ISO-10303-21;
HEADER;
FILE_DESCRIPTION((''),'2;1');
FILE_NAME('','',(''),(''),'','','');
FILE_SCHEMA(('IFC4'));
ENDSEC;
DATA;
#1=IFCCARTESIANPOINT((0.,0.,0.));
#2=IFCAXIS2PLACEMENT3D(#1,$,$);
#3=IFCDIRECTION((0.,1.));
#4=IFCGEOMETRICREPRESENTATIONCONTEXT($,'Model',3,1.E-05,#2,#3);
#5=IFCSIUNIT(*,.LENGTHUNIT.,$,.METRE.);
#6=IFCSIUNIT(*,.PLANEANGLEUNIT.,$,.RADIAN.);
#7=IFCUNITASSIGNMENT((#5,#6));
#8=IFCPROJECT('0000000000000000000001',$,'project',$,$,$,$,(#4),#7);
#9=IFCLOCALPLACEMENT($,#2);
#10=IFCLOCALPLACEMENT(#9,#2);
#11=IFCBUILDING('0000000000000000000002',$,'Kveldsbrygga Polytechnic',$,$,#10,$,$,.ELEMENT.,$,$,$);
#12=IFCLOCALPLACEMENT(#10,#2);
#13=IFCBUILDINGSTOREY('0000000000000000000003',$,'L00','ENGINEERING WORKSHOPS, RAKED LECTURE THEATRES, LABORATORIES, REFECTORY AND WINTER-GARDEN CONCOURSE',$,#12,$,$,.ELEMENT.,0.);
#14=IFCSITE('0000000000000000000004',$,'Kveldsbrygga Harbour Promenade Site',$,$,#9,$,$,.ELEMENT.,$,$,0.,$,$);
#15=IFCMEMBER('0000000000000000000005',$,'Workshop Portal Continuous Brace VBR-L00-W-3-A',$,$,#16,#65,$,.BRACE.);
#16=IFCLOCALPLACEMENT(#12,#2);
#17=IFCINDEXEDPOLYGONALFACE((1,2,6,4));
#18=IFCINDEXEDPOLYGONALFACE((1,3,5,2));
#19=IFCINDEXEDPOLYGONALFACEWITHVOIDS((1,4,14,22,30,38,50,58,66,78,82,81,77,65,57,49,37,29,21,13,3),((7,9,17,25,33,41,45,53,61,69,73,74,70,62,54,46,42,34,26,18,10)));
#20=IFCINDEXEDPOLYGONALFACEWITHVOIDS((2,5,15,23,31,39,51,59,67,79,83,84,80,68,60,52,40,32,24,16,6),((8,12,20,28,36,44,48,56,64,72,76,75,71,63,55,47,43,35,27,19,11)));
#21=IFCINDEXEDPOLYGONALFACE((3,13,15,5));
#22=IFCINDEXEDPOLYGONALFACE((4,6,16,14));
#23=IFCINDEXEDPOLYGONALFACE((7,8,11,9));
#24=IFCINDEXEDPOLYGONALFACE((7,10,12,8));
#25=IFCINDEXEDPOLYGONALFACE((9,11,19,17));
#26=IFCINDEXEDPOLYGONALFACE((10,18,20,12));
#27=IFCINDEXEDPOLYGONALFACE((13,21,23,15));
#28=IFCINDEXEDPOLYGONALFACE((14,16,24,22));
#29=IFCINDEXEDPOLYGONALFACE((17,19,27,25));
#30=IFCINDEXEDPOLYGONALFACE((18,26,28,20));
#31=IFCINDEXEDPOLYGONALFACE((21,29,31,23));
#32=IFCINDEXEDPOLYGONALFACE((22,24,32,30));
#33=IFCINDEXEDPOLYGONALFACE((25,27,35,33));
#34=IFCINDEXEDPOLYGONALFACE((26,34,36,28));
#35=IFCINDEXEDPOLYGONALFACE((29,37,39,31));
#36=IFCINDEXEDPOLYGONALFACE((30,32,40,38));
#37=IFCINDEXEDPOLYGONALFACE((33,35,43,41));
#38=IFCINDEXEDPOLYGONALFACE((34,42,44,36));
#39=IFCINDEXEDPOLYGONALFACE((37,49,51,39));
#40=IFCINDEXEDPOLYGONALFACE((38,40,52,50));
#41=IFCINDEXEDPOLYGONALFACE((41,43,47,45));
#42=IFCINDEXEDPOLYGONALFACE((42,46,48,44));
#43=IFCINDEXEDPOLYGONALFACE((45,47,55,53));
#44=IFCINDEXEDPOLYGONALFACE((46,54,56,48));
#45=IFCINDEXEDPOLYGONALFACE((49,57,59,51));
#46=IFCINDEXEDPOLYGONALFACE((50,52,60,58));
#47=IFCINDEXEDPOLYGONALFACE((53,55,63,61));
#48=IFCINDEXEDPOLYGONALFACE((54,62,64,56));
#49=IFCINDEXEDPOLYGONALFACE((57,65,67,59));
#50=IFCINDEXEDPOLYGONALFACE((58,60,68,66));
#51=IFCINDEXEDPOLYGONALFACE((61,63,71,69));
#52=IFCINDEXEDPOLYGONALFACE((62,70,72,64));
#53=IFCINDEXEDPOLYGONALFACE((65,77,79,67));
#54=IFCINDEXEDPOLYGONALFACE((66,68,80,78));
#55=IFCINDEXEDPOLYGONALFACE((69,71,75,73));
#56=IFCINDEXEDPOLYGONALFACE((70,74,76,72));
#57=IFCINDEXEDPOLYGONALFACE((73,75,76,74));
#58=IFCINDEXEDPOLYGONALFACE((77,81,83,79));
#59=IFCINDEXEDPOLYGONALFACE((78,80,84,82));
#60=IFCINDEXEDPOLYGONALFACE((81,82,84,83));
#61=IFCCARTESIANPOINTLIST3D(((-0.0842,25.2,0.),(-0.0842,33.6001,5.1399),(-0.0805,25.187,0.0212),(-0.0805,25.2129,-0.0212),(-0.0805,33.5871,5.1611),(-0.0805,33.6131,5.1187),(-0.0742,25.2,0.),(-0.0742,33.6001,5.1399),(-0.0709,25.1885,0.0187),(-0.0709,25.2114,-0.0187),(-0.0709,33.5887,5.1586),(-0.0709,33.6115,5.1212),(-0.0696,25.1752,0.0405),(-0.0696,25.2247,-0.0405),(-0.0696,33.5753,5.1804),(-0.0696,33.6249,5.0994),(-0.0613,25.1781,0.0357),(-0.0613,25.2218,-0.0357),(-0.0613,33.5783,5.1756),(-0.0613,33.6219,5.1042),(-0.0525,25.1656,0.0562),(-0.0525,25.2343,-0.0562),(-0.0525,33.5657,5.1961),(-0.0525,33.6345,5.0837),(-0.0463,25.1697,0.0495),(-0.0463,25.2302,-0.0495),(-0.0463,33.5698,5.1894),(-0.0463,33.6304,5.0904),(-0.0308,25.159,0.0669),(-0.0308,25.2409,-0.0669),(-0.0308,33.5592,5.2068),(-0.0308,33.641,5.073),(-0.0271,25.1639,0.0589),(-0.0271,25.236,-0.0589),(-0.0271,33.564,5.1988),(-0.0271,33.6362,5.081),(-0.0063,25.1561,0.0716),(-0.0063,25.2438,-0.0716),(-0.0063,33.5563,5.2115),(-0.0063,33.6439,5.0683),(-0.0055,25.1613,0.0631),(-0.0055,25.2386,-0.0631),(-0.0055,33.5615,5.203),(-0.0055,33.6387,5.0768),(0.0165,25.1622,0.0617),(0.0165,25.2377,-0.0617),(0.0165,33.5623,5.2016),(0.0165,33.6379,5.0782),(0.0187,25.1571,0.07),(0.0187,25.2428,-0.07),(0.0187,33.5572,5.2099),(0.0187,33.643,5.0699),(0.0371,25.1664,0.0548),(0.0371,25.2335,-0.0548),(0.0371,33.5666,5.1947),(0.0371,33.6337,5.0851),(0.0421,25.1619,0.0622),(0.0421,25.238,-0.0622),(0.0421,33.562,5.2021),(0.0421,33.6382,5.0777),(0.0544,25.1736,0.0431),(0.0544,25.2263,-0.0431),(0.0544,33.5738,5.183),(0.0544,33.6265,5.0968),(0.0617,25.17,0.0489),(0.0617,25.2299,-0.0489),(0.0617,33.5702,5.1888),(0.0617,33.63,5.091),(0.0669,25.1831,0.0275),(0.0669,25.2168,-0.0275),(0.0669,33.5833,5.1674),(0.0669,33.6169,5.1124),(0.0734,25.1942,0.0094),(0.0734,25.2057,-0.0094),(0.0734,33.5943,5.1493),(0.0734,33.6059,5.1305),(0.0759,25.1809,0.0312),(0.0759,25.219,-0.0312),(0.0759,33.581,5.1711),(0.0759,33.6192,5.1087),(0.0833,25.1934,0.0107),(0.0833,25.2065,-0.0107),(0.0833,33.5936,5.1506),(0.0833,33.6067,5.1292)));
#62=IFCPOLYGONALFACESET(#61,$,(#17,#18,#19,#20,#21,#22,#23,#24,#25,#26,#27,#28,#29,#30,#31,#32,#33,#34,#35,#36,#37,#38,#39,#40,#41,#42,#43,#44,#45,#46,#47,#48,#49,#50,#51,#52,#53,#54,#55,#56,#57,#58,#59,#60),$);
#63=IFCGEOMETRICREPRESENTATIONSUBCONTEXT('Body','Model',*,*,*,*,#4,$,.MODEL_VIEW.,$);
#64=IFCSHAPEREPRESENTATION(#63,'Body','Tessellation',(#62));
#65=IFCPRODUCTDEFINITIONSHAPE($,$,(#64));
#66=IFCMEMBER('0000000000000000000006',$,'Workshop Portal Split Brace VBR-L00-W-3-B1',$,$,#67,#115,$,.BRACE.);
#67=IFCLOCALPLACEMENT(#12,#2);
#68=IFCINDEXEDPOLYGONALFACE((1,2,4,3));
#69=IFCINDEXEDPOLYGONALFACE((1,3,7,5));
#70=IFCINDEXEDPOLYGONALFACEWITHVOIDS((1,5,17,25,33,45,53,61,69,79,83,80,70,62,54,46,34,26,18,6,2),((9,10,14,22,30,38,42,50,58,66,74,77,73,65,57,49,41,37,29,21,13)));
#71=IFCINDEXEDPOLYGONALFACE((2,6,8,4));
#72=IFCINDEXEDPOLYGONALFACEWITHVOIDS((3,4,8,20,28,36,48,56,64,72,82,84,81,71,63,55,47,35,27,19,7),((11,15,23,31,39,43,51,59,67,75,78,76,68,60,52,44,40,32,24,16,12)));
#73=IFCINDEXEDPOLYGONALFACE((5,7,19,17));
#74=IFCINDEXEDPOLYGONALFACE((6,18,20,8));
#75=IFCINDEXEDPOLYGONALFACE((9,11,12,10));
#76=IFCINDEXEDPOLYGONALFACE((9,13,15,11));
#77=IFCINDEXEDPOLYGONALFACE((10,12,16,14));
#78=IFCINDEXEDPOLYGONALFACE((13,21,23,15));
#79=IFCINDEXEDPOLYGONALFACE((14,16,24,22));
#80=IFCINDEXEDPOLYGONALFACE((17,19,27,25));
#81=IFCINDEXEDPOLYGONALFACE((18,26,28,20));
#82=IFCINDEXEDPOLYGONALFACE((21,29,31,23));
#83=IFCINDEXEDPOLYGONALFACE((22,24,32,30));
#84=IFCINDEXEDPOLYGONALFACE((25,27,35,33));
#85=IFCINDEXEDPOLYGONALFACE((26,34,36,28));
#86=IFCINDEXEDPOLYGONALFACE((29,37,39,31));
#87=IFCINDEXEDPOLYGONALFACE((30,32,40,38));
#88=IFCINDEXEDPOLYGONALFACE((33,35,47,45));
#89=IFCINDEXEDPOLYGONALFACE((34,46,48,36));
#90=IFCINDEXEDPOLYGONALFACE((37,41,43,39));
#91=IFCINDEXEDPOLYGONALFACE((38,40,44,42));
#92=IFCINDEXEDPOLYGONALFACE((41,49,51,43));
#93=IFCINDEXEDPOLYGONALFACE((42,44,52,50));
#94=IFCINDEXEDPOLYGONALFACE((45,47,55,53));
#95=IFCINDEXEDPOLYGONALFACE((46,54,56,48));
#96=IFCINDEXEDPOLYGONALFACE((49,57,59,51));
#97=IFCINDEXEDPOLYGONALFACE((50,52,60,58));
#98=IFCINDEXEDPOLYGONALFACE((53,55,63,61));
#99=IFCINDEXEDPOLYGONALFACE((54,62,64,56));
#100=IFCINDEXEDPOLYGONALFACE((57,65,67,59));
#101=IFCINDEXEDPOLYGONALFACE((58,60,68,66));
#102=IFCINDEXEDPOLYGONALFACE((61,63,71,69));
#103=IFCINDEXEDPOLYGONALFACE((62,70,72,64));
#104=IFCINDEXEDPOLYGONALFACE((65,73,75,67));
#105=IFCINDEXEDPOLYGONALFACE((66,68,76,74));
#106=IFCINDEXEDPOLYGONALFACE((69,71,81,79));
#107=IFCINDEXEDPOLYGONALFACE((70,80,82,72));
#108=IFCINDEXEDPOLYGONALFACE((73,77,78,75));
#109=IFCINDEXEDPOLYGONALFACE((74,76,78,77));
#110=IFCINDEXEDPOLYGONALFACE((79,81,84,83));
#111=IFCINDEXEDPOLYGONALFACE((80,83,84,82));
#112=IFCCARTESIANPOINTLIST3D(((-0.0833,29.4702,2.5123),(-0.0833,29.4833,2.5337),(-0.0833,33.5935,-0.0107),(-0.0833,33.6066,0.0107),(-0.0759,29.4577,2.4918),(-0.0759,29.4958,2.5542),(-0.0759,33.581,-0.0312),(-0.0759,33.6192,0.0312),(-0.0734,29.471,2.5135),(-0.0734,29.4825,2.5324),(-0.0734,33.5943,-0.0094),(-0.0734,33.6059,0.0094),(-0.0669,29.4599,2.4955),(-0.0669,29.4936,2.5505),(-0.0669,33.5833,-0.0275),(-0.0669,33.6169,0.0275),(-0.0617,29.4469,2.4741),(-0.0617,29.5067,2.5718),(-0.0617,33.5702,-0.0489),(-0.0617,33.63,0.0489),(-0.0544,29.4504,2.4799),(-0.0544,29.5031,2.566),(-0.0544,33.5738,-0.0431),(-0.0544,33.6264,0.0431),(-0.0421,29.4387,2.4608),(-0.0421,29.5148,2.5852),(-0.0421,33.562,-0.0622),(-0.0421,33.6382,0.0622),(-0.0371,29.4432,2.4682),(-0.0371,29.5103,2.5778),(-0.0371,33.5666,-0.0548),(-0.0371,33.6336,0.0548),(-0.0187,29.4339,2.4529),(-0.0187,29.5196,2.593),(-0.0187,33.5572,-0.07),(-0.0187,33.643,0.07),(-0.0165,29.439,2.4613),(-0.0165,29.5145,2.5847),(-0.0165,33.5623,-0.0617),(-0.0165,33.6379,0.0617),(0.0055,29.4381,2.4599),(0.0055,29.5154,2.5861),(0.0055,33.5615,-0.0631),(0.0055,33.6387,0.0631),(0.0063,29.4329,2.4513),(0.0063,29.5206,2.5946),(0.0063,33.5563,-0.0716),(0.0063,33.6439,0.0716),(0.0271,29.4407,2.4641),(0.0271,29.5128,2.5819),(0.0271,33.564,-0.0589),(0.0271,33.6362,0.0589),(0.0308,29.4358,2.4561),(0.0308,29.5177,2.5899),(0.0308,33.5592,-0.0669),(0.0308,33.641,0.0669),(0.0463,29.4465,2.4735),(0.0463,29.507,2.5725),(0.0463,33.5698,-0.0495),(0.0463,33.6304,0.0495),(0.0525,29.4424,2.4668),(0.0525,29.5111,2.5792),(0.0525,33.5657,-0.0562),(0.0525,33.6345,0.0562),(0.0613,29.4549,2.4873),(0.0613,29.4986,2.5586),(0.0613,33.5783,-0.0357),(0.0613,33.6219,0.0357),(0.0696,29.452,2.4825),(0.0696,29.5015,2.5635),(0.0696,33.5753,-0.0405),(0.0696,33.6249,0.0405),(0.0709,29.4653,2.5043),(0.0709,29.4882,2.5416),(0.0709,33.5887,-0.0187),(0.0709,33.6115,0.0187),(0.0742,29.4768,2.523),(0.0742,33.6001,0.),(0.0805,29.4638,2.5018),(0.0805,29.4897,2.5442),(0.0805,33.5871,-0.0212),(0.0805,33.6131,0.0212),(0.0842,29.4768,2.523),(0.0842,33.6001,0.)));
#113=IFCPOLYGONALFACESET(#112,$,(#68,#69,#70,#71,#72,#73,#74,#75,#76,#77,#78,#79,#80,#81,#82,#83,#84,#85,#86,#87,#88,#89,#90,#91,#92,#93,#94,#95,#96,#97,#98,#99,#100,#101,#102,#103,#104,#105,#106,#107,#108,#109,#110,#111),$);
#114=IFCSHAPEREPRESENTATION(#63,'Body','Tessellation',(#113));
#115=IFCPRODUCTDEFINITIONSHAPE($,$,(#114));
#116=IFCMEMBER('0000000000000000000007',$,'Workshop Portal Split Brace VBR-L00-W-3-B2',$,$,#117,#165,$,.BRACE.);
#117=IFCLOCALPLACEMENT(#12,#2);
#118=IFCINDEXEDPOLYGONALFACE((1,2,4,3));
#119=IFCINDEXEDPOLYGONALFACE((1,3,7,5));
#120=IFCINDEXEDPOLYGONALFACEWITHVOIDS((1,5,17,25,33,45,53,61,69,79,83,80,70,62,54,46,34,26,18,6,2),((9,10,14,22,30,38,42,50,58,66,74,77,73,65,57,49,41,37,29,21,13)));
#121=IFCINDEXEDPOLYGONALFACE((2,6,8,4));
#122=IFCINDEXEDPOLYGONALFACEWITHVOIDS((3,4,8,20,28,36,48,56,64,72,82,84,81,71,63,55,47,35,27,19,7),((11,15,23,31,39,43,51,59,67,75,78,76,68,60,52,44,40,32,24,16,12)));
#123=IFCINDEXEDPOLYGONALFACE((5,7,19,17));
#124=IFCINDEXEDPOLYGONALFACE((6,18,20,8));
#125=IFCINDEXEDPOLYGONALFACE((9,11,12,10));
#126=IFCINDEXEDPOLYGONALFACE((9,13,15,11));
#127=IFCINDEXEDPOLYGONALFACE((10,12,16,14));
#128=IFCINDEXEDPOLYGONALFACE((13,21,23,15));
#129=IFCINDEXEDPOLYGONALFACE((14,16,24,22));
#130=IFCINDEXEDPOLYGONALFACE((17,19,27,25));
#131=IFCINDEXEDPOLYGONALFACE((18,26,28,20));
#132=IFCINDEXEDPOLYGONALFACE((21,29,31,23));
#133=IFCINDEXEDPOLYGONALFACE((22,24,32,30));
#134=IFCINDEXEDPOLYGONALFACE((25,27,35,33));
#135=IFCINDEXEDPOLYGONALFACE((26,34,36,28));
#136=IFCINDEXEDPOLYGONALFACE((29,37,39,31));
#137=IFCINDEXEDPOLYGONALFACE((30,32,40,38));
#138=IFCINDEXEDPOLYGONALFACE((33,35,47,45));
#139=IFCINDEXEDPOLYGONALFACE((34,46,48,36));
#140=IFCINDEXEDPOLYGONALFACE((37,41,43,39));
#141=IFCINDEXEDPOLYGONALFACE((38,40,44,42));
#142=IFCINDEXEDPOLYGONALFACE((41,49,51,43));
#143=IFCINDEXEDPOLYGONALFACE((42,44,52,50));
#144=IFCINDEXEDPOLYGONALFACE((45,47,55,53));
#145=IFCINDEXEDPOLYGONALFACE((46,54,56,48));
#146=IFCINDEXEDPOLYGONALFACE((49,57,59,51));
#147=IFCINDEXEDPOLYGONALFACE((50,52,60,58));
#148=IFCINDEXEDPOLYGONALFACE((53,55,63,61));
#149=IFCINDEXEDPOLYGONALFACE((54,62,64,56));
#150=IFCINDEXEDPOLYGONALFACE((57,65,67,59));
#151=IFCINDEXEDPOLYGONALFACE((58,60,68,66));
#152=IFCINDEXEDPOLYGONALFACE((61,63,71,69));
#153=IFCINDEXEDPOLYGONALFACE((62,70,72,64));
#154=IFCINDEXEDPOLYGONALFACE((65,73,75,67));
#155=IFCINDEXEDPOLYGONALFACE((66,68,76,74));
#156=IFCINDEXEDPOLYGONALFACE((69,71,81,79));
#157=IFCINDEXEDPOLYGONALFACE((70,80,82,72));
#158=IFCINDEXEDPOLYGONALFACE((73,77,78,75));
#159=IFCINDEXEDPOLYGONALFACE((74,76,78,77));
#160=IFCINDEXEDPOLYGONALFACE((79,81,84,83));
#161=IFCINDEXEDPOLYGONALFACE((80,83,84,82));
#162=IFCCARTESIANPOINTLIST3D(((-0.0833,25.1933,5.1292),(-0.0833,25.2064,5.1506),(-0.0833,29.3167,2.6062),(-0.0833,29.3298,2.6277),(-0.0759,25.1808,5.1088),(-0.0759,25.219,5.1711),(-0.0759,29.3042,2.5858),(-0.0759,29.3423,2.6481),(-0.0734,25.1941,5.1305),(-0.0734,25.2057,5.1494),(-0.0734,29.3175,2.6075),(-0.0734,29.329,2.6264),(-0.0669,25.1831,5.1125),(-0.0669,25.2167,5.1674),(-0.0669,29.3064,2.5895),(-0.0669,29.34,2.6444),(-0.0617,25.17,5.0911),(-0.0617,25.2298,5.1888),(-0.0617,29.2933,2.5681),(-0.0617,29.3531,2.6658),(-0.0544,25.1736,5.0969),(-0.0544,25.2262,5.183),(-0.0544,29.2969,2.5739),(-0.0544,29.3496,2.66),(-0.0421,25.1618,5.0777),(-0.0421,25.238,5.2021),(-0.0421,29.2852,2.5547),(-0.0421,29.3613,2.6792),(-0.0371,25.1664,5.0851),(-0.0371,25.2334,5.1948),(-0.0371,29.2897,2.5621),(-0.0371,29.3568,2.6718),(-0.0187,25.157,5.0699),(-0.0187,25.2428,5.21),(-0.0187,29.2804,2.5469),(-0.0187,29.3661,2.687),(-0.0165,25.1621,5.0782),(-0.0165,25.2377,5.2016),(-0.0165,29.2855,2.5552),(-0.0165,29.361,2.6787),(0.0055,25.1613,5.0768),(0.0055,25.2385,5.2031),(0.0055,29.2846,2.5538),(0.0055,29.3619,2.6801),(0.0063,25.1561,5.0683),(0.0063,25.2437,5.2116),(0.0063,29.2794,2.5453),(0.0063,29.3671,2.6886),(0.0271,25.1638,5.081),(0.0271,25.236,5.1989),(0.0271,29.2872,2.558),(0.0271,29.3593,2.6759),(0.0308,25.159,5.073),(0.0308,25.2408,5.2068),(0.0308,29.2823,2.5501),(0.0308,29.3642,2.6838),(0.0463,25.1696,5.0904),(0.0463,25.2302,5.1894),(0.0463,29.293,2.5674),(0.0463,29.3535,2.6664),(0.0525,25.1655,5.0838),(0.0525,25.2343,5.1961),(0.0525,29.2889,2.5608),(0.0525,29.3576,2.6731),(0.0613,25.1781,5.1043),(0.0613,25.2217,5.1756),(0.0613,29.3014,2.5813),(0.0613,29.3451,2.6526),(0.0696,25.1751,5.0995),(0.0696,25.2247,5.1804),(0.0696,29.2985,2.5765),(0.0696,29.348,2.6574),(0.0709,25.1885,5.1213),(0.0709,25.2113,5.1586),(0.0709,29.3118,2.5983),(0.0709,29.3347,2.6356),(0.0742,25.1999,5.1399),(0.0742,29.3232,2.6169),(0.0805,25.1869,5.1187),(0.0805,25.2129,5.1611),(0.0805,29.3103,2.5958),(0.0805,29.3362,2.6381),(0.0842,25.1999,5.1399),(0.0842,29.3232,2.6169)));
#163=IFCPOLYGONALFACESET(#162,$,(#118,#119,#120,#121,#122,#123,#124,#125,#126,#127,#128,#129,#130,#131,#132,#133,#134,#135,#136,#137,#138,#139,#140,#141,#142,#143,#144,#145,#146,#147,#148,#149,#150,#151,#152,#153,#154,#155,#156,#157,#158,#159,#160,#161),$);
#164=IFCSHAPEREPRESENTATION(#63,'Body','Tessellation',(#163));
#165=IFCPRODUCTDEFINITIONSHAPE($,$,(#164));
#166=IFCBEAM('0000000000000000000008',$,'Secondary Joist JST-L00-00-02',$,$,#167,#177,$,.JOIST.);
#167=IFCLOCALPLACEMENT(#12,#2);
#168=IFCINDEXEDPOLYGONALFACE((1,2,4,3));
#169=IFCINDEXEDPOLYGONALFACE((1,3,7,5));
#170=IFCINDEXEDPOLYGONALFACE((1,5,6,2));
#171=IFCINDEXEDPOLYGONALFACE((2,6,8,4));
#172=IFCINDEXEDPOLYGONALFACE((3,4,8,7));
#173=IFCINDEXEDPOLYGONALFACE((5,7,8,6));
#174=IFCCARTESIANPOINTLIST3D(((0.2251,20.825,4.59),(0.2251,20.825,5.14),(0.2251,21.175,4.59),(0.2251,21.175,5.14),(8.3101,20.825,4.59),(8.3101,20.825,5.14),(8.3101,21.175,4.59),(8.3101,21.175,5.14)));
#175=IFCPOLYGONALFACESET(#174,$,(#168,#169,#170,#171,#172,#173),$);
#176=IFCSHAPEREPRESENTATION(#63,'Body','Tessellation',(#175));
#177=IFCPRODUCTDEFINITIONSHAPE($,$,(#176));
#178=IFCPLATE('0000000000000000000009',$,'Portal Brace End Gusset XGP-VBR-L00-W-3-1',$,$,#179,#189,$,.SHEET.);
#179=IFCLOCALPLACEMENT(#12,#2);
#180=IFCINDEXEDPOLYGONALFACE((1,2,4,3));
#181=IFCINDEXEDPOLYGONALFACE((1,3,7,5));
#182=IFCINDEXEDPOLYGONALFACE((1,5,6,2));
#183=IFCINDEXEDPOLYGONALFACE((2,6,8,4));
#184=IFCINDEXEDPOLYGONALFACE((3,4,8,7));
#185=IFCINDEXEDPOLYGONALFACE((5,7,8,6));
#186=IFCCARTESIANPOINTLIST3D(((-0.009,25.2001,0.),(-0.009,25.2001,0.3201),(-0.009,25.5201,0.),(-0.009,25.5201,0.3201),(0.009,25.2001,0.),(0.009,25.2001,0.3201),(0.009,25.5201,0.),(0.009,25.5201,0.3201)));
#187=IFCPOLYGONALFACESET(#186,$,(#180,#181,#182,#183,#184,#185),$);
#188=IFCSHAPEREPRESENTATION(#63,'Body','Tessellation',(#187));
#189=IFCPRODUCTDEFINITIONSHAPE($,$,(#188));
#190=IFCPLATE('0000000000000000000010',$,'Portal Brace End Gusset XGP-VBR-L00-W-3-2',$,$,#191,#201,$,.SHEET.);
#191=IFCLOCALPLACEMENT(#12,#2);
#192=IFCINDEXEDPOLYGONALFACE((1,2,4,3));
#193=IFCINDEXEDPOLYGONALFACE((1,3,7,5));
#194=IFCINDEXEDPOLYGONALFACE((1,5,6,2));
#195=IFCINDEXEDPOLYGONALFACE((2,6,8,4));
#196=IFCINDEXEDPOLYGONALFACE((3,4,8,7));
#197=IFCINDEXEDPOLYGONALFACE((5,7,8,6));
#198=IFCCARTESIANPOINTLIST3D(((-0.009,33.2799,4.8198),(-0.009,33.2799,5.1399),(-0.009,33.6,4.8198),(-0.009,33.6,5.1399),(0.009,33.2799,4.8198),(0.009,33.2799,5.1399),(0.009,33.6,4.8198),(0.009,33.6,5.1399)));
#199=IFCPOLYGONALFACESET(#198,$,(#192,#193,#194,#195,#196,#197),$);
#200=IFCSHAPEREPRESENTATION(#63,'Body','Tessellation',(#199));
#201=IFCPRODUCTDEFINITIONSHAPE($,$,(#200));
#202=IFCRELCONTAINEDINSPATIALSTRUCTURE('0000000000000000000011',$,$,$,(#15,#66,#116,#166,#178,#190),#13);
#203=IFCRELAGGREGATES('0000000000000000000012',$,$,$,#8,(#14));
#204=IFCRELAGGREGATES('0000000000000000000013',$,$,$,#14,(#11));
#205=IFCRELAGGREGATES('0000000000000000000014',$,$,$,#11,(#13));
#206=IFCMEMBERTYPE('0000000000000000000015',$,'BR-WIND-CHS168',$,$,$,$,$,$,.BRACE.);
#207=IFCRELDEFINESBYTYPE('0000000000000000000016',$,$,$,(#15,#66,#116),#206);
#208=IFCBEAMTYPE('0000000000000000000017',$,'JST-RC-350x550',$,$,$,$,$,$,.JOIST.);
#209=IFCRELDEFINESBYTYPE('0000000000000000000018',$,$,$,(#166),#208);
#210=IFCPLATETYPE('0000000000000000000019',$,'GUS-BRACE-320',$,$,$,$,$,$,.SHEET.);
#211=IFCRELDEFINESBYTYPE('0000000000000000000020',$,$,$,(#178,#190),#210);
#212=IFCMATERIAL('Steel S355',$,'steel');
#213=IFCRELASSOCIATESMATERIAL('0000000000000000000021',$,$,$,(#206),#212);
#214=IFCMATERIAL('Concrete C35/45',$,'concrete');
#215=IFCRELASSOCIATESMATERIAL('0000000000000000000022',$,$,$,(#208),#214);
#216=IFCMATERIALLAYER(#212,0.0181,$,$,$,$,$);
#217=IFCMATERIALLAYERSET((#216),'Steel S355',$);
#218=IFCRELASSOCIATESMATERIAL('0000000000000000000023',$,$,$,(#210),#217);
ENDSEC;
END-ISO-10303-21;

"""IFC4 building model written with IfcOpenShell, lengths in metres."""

from ifc_helpers import new_model, si_unit, direction, frame, origin, origin_2d, place, context, subcontext, project, spatial, rectangle, hollow_circle, extrude, material, layer, layer_set, material_profile, profile_set, type_object, element, save


model = new_model("IFC4")

# Units and contexts
model_context = context("Model", 3, precision=1e-05, world=origin(), true_north=direction((0.0, 1.0)))
body_context = subcontext(model_context, "Body", "Model", "MODEL_VIEW")
ifc_project = project(units=[si_unit("LENGTHUNIT", "METRE"), si_unit("PLANEANGLEUNIT", "RADIAN")], contexts=[model_context])

# Site, building, storey
site_placement = place(None, origin())
site = spatial("IfcSite", under=ifc_project, at=site_placement, Name="Kveldsbrygga Harbour Promenade Site", CompositionType="ELEMENT", RefElevation=0.0)
building_placement = place(site_placement, origin())
building = spatial("IfcBuilding", under=site, at=building_placement, Name="Kveldsbrygga Polytechnic", CompositionType="ELEMENT")
storey_placement = place(building_placement, origin())
storey = spatial("IfcBuildingStorey", under=building, at=storey_placement, Name="L00", Description="ENGINEERING WORKSHOPS, RAKED LECTURE THEATRES, LABORATORIES, REFECTORY AND WINTER-GARDEN CONCOURSE", CompositionType="ELEMENT", Elevation=0.0)

# Shared definitions
ifc_material_1 = material(Name="Concrete C35/45", Category="concrete")
ifc_material_2 = material(Name="Steel S355", Category="steel")

# Members
ifc_material_profile_1 = material_profile(ifc_material_2, hollow_circle(Radius=0.0842, WallThickness=0.01, at=origin_2d()), Name="CHS 168.3x10.0")
ifc_profile_set_1 = profile_set([ifc_material_profile_1], Name="Steel S355")
member_type = type_object("IfcMemberType", Name="BR-WIND-CHS168", PredefinedType="BRACE", material=ifc_profile_set_1)
member_placement = place(storey_placement, frame((0.0, 25.2, 0.0), z_axis=(0.0, 0.852989, 0.521928), x_axis=(-1.0, 0.0, 0.0)))
element("IfcMember", 1, at=member_placement, inside=storey, type_object=member_type, Name="Workshop Portal Continuous Brace VBR-L00-W-3-A", PredefinedType="BRACE", context=body_context, shape_type="SweptSolid", body=[
    extrude(hollow_circle(Radius=0.0842, WallThickness=0.01, at=origin_2d()), origin(), (0.0, 0.0, 1.0), 9.8479),
])
for number, where, z_axis, x_axis, name in (
    (2, (0.0, 33.6001, 0.0), (0.0, -0.852991, 0.521926), (1.0, 0.0, 0.0), "Workshop Portal Split Brace VBR-L00-W-3-B1"),
    (3, (0.0, 29.3232, 2.6169), (0.0, -0.852991, 0.521926), (1.0, 0.0, 0.0), "Workshop Portal Split Brace VBR-L00-W-3-B2"),
):
    element("IfcMember", number, at=place(storey_placement, frame(where, z_axis=z_axis, x_axis=x_axis)), inside=storey, type_object=member_type, Name=name, PredefinedType="BRACE", context=body_context, shape_type="SweptSolid", body=[
        extrude(hollow_circle(Radius=0.0842, WallThickness=0.01, at=origin_2d()), origin(), (0.0, 0.0, 1.0), 4.834),
    ])

# Beam
ifc_material_profile_2 = material_profile(ifc_material_1, rectangle(XDim=0.3501, YDim=0.55, at=origin_2d()), Name="RC 350x550")
ifc_profile_set_2 = profile_set([ifc_material_profile_2], Name="Concrete C35/45")
beam_type_1 = type_object("IfcBeamType", Name="JST-RC-350x550", PredefinedType="JOIST", material=ifc_profile_set_2)
beam_1_placement = place(storey_placement, frame((0.2251, 21.0, 4.865), z_axis=(1.0, 0.0, 0.0), x_axis=(0.0, 1.0, 0.0)))
element("IfcBeam", 4, at=beam_1_placement, inside=storey, type_object=beam_type_1, Name="Secondary Joist JST-L00-00-02", PredefinedType="JOIST", context=body_context, shape_type="SweptSolid", body=[
    extrude(rectangle(XDim=0.3501, YDim=0.55, at=origin_2d()), origin(), (0.0, 0.0, 1.0), 8.085),
])

# Plates
ifc_layer_1 = layer(ifc_material_2, 0.0181)
ifc_layer_set_1 = layer_set([ifc_layer_1], Name="Steel S355")
plate_type_1 = type_object("IfcPlateType", Name="GUS-BRACE-320", PredefinedType="SHEET", material=ifc_layer_set_1)
for number, where, z_axis, x_axis, name in (
    (5, (0.0, 25.3601, 0.0), (0.0, 0.0, 1.0), (1.0, 0.0, 0.0), "Portal Brace End Gusset XGP-VBR-L00-W-3-1"),
    (6, (0.0, 33.4399, 4.8198), (0.0, 0.0, 1.0), (1.0, 0.0, 0.0), "Portal Brace End Gusset XGP-VBR-L00-W-3-2"),
):
    element("IfcPlate", number, at=place(storey_placement, frame(where, z_axis=z_axis, x_axis=x_axis)), inside=storey, type_object=plate_type_1, Name=name, PredefinedType="SHEET", context=body_context, shape_type="SweptSolid", body=[
        extrude(rectangle(XDim=0.0181, YDim=0.3201, at=origin_2d()), origin(), (0.0, 0.0, 1.0), 0.3201),
    ])

save(model, "model.ifc")
